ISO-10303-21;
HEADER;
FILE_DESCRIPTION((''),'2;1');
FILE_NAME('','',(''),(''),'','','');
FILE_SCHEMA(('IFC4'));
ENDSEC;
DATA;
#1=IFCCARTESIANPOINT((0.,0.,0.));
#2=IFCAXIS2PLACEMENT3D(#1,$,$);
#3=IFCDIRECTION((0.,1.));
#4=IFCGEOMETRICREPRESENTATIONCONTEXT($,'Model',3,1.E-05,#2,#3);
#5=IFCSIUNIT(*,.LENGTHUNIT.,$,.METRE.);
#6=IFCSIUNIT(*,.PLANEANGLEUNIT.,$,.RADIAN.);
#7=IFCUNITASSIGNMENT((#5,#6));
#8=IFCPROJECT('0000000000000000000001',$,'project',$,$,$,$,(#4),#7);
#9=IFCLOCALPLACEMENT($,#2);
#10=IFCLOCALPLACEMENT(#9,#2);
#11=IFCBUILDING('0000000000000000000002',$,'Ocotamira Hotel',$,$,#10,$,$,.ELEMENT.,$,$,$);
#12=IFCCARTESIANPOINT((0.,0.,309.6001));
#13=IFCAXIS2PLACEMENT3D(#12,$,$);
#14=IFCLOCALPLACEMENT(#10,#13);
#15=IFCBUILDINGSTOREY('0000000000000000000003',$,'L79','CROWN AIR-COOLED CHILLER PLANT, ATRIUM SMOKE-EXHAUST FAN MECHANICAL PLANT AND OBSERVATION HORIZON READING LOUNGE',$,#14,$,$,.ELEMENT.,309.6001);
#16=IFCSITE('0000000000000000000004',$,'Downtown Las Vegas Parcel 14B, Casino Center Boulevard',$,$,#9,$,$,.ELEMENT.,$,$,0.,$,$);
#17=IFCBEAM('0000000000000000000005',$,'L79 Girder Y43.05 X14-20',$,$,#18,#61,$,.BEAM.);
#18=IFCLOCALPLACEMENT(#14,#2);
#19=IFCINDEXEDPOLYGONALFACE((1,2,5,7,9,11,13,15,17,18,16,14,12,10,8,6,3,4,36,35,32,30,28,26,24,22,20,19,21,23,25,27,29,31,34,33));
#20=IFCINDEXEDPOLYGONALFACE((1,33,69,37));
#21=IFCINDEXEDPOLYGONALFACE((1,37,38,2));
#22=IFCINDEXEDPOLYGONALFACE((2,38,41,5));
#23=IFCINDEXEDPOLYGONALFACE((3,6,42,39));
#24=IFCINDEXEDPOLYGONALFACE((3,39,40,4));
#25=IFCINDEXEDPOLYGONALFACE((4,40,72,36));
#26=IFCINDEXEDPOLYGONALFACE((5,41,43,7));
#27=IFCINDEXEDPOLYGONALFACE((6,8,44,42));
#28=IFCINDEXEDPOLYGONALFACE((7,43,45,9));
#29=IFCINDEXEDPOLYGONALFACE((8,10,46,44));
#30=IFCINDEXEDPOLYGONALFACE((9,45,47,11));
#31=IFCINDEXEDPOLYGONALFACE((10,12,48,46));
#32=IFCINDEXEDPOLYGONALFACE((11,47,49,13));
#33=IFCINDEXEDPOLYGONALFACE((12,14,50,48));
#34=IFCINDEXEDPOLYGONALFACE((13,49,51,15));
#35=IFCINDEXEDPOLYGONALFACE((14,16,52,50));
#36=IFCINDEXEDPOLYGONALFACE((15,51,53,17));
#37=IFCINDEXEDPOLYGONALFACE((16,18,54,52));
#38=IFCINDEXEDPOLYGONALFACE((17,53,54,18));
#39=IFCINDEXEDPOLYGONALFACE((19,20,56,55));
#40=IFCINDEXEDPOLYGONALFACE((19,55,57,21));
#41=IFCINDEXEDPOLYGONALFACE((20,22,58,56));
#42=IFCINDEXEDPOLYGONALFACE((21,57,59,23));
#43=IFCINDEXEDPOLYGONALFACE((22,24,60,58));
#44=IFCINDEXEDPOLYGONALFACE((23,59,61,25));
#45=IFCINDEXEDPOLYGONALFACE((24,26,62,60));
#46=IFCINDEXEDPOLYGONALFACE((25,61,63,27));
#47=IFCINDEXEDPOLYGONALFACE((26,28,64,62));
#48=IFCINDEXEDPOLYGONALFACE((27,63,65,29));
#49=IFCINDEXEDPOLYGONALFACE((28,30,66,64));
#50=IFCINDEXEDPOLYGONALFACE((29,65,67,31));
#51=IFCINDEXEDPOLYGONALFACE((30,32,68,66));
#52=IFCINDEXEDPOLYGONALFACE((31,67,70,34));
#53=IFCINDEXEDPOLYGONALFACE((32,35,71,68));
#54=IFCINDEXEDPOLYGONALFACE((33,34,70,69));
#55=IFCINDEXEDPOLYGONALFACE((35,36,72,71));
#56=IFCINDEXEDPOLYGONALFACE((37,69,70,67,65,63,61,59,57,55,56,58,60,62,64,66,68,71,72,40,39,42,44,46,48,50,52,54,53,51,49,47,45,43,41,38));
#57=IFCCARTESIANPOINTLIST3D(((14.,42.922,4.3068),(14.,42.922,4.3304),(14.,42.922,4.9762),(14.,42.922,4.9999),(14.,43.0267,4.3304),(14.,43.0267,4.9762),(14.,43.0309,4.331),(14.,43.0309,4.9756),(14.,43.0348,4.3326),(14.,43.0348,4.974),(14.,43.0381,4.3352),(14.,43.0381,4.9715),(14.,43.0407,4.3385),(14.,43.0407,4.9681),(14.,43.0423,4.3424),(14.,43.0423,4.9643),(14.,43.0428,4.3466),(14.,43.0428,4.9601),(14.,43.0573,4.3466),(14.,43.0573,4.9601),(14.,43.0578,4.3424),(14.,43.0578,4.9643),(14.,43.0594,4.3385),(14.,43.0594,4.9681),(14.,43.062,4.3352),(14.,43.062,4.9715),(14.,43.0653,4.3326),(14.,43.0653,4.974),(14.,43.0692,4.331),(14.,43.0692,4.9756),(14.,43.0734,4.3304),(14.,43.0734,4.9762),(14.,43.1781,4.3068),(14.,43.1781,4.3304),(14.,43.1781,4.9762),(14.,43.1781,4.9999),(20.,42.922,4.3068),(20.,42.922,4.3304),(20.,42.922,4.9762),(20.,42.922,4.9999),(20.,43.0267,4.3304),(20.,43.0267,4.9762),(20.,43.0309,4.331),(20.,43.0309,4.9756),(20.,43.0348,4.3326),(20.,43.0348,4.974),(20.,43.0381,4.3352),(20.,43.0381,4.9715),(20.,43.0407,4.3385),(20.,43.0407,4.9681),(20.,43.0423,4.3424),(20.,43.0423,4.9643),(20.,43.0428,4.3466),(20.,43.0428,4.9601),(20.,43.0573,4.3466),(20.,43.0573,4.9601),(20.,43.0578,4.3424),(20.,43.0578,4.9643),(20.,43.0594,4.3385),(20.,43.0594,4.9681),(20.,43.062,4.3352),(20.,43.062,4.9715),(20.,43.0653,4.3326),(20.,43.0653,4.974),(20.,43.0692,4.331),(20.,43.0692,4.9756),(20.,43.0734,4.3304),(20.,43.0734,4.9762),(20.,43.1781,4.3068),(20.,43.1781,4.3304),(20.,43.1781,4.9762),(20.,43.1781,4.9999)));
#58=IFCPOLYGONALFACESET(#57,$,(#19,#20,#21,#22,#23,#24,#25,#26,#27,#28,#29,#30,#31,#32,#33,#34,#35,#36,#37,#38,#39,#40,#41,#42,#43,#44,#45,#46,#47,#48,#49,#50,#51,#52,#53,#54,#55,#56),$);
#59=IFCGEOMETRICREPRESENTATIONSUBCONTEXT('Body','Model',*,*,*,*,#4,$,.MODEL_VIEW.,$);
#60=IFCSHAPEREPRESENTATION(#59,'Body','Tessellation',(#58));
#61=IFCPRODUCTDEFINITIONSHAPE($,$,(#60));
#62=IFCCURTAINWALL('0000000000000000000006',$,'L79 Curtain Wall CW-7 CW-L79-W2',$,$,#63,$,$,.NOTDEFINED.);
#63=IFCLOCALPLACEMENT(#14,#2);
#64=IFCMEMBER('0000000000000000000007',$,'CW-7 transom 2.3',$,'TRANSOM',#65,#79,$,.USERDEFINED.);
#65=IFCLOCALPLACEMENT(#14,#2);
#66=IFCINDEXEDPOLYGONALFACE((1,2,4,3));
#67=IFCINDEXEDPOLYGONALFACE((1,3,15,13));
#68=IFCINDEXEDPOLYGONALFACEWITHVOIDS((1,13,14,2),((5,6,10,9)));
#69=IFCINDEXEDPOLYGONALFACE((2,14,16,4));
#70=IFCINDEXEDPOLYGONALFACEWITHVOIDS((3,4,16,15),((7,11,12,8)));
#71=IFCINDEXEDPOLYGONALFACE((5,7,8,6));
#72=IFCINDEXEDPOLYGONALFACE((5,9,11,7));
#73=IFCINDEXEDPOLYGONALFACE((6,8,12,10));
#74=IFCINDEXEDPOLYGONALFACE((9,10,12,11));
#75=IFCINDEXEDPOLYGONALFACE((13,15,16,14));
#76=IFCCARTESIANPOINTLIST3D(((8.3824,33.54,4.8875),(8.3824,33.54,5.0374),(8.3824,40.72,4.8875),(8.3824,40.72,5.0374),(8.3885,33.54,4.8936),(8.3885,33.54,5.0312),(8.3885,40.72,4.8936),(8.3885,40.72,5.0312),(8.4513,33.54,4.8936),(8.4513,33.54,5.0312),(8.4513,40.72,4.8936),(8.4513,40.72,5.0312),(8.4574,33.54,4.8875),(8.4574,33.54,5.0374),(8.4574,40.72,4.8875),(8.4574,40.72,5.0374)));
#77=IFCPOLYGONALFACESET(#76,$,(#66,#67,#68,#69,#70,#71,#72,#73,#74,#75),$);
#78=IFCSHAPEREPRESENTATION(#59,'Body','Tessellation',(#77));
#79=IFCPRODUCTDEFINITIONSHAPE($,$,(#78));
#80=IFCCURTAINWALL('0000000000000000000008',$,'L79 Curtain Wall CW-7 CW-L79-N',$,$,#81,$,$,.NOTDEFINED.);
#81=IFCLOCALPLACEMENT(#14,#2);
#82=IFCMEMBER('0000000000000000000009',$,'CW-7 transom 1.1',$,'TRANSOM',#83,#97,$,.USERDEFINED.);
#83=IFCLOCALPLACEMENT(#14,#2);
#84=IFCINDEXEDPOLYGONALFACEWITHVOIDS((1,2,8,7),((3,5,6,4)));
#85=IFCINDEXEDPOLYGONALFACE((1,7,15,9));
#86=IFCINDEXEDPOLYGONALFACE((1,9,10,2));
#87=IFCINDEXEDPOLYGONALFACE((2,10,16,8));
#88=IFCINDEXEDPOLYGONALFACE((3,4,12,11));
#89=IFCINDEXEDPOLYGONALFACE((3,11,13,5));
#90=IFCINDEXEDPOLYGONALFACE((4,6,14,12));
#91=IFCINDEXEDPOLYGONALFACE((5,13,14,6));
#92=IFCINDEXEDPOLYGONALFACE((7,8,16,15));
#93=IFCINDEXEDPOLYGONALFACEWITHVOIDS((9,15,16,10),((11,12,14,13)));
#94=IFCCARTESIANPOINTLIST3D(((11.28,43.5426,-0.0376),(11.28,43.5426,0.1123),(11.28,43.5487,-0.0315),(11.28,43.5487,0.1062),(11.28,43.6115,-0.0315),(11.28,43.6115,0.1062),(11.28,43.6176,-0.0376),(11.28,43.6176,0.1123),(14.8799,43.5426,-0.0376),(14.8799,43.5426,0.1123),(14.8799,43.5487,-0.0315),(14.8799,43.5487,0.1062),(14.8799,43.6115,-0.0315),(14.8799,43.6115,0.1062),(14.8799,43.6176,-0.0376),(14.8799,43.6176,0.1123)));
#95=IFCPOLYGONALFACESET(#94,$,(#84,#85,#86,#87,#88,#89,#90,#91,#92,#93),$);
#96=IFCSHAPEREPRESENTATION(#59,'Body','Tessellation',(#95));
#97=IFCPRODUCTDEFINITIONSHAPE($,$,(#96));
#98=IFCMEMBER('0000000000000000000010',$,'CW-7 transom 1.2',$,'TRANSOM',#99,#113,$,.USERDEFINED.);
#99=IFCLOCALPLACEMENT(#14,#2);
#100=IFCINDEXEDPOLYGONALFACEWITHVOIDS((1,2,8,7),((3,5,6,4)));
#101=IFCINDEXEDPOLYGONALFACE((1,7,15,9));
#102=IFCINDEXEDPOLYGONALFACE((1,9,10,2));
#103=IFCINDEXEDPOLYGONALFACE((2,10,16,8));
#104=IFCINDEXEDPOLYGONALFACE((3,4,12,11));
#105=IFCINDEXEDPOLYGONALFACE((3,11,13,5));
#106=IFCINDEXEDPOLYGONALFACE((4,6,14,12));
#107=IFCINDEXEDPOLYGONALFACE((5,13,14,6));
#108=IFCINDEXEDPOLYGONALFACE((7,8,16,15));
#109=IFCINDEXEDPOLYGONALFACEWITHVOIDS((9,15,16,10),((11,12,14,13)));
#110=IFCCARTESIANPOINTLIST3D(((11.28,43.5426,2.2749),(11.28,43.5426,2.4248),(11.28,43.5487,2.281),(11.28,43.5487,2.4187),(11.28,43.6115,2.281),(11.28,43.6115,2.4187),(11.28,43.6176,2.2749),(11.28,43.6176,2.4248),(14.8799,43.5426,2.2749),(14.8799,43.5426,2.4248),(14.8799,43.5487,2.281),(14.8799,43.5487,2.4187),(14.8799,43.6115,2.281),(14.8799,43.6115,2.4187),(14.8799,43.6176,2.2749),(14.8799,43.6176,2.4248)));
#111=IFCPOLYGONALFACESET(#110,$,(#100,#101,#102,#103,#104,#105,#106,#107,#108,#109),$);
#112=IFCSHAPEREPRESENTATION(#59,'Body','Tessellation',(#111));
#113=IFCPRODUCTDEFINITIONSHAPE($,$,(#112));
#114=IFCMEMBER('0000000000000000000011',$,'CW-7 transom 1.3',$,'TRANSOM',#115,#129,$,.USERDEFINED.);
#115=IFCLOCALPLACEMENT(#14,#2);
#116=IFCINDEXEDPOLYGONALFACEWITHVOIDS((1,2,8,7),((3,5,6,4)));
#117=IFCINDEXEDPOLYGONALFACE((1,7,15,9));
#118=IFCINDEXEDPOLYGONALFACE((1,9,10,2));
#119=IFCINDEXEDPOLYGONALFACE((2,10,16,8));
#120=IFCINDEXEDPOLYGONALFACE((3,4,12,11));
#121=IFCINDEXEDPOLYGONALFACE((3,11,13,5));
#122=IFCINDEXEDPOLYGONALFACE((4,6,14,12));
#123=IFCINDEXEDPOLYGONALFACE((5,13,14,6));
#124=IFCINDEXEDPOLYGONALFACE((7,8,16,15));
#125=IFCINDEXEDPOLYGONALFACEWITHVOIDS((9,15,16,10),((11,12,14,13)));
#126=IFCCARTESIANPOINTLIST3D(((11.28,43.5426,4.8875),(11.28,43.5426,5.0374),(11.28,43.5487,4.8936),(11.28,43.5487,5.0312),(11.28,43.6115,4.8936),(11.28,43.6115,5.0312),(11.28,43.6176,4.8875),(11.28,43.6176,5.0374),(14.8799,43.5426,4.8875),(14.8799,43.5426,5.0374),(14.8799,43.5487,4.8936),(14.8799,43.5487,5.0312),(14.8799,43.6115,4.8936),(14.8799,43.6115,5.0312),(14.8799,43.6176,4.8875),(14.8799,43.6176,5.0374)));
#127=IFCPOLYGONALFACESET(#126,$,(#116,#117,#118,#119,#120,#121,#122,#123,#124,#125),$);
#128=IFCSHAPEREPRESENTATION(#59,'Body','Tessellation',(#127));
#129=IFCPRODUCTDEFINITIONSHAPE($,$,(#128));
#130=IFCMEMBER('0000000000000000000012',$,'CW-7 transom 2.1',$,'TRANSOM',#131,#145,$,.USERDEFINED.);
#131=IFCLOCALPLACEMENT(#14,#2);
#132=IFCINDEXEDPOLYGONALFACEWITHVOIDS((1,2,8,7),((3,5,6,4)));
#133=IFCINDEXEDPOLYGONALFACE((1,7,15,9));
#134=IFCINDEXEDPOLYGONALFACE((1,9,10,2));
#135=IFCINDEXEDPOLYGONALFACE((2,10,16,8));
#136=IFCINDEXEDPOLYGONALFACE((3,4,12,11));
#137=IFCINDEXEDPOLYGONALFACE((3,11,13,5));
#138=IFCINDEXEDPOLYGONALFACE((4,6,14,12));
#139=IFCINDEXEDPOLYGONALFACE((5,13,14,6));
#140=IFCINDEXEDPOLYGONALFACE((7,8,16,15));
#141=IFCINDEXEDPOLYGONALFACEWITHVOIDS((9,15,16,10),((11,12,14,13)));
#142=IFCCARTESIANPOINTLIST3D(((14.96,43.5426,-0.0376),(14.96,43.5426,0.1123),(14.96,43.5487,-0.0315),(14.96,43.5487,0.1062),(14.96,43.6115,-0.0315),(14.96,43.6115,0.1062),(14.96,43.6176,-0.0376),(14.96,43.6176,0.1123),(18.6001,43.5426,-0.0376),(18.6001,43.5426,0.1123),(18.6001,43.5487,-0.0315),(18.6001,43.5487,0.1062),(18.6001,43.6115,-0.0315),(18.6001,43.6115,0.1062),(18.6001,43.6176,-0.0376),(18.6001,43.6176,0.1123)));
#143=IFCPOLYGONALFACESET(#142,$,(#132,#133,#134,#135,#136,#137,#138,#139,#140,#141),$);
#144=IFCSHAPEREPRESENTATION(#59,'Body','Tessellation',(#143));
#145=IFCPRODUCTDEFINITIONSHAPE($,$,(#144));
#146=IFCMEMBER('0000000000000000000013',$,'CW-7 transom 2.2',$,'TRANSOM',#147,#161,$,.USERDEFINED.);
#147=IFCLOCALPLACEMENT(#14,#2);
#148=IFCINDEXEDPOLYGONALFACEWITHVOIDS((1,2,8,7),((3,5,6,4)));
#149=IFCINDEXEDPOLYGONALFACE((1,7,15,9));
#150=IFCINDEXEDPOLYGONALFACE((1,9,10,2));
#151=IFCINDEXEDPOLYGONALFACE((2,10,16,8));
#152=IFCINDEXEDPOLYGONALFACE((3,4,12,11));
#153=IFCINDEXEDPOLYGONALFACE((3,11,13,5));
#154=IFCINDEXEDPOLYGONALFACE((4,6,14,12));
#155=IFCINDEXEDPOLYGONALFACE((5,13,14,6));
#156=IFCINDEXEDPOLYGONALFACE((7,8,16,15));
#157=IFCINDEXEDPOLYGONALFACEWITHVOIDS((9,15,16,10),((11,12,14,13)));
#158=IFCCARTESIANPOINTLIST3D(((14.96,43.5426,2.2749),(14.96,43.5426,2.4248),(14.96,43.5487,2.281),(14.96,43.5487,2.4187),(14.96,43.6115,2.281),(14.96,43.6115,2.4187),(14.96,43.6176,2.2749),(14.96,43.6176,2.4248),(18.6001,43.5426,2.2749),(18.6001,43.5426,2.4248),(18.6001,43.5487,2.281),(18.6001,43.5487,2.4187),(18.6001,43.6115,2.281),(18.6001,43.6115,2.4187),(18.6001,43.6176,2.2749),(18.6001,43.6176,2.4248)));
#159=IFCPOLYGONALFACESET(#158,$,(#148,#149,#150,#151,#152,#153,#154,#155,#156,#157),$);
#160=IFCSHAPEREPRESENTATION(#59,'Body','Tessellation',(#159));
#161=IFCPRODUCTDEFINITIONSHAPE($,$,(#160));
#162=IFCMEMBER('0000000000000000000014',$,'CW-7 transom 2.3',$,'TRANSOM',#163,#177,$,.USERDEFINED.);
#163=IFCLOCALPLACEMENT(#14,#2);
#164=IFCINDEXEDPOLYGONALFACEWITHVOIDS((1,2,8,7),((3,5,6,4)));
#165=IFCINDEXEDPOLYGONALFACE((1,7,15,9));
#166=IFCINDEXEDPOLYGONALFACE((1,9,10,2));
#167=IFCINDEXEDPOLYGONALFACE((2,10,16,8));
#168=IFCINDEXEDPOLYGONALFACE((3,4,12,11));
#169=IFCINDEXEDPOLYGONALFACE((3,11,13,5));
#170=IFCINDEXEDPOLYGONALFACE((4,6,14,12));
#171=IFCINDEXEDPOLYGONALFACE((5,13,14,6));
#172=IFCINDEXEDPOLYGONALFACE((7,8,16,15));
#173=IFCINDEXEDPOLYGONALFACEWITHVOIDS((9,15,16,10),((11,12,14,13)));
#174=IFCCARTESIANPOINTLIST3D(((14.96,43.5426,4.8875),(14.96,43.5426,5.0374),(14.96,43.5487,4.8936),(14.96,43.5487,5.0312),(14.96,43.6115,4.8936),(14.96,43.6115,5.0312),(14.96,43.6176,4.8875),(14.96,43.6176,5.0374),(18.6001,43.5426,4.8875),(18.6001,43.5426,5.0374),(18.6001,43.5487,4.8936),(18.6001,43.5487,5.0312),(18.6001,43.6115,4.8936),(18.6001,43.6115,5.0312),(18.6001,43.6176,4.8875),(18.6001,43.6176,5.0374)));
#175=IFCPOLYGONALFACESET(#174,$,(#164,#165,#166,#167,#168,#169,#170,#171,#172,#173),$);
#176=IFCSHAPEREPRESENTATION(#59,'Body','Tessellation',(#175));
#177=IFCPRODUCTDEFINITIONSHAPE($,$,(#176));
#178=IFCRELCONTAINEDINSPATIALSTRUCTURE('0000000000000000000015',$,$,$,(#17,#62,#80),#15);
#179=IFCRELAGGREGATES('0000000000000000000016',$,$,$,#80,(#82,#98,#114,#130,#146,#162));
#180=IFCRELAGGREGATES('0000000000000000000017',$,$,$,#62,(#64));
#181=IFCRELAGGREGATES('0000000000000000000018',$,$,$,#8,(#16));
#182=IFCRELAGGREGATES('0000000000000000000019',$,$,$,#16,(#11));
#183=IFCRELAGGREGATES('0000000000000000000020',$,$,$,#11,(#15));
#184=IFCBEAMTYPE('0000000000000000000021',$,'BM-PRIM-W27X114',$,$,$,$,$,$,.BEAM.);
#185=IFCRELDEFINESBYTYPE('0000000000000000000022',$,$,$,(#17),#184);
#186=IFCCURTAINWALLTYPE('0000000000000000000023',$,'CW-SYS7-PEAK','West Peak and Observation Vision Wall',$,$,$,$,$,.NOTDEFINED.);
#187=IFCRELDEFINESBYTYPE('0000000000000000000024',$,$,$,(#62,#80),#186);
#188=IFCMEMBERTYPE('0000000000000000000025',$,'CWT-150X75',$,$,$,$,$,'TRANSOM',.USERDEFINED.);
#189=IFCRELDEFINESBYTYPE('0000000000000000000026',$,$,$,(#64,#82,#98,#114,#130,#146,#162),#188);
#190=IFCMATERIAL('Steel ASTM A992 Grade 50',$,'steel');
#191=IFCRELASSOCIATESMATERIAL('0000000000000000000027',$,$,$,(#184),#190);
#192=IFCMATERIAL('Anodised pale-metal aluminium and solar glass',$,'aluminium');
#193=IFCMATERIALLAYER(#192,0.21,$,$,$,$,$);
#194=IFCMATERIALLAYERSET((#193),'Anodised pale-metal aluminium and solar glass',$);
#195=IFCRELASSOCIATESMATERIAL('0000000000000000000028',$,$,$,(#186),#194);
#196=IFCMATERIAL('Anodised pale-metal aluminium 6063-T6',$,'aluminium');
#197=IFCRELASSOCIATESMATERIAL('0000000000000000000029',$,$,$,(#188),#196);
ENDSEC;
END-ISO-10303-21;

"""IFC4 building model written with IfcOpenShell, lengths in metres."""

from ifc_helpers import new_model, si_unit, direction, frame, origin, origin_2d, place, context, subcontext, project, spatial, hollow_rectangle, i_section, extrude, source, transform, mapped, material, layer, layer_set, material_profile, profile_set, type_object, element, aggregate, save


model = new_model("IFC4")

# Units and contexts
model_context = context("Model", 3, precision=1e-05, world=origin(), true_north=direction((0.0, 1.0)))
body_context = subcontext(model_context, "Body", "Model", "MODEL_VIEW")
ifc_project = project(units=[si_unit("LENGTHUNIT", "METRE"), si_unit("PLANEANGLEUNIT", "RADIAN")], contexts=[model_context])

# Site, building, storey
site_placement = place(None, origin())
site = spatial("IfcSite", under=ifc_project, at=site_placement, Name="Downtown Las Vegas Parcel 14B, Casino Center Boulevard", CompositionType="ELEMENT", RefElevation=0.0)
building_placement = place(site_placement, origin())
building = spatial("IfcBuilding", under=site, at=building_placement, Name="Ocotamira Hotel", CompositionType="ELEMENT")
storey_placement = place(building_placement, frame((0.0, 0.0, 309.6001)))
storey = spatial("IfcBuildingStorey", under=building, at=storey_placement, Name="L79", Description="CROWN AIR-COOLED CHILLER PLANT, ATRIUM SMOKE-EXHAUST FAN MECHANICAL PLANT AND OBSERVATION HORIZON READING LOUNGE", CompositionType="ELEMENT", Elevation=309.6001)

# Shared definitions
ifc_material_1 = material(Name="Steel ASTM A992 Grade 50", Category="steel")

# Beam
ifc_material_profile_1 = material_profile(ifc_material_1, i_section(OverallWidth=0.2561, OverallDepth=0.6931, WebThickness=0.0144, FlangeThickness=0.0237, FilletRadius=0.0161, at=origin_2d()), Name="W27X114")
ifc_profile_set_1 = profile_set([ifc_material_profile_1], Name="Steel ASTM A992 Grade 50")
beam_type_1 = type_object("IfcBeamType", Name="BM-PRIM-W27X114", PredefinedType="BEAM", material=ifc_profile_set_1)
shared_shape_1 = source(origin(), body_context, "Body", "SweptSolid", [
    extrude(i_section(OverallWidth=0.2561, OverallDepth=0.6931, WebThickness=0.0144, FlangeThickness=0.0237, FilletRadius=0.0161, at=origin_2d()), origin(), (0.0, 0.0, 1.0), 6.0),
])
beam_1_placement = place(storey_placement, frame((14.0, 43.05, 4.6533), z_axis=(1.0, 0.0, 0.0), x_axis=(0.0, 1.0, 0.0)))
element("IfcBeam", 1, at=beam_1_placement, inside=storey, type_object=beam_type_1, Name="L79 Girder Y43.05 X14-20", PredefinedType="BEAM", context=body_context, shape_type="MappedRepresentation", body=[
    mapped(shared_shape_1, transform((0.0, 0.0, 0.0), scale=1.0)),
])

# Curtain wall, member
ifc_material_2 = material(Name="Anodised pale-metal aluminium and solar glass", Category="aluminium")
ifc_layer_1 = layer(ifc_material_2, 0.21)
ifc_layer_set_1 = layer_set([ifc_layer_1], Name="Anodised pale-metal aluminium and solar glass")
curtain_wall_type = type_object("IfcCurtainWallType", Name="CW-SYS7-PEAK", Description="West Peak and Observation Vision Wall", PredefinedType="NOTDEFINED", material=ifc_layer_set_1)
curtain_wall_1_placement = place(storey_placement, origin())
curtain_wall_1 = element("IfcCurtainWall", 2, at=curtain_wall_1_placement, inside=storey, type_object=curtain_wall_type, Name="L79 Curtain Wall CW-7 CW-L79-W2", PredefinedType="NOTDEFINED")
ifc_material_3 = material(Name="Anodised pale-metal aluminium 6063-T6", Category="aluminium")
ifc_material_profile_2 = material_profile(ifc_material_3, hollow_rectangle(XDim=0.075, YDim=0.1499, WallThickness=0.0061, at=origin_2d()), Name="HSS150X75X6")
ifc_profile_set_2 = profile_set([ifc_material_profile_2], Name="Anodised pale-metal aluminium 6063-T6")
member_type_1 = type_object("IfcMemberType", Name="CWT-150X75", ElementType="TRANSOM", PredefinedType="USERDEFINED", material=ifc_profile_set_2)
shared_shape_2 = source(origin(), body_context, "Body", "SweptSolid", [
    extrude(hollow_rectangle(XDim=0.075, YDim=0.1499, WallThickness=0.0061, at=origin_2d()), origin(), (0.0, 0.0, 1.0), 7.1799),
])
member_1_placement = place(storey_placement, frame((8.4199, 33.54, 4.9624), z_axis=(0.0, 1.0, 0.0), x_axis=(-1.0, 0.0, 0.0)))
member_1 = element("IfcMember", 3, at=member_1_placement, type_object=member_type_1, Name="CW-7 transom 2.3", ObjectType="TRANSOM", PredefinedType="USERDEFINED", context=body_context, shape_type="MappedRepresentation", body=[
    mapped(shared_shape_2, transform((0.0, 0.0, 0.0), scale=1.0)),
])

# Curtain wall, members
curtain_wall_2_placement = place(storey_placement, origin())
curtain_wall_2 = element("IfcCurtainWall", 4, at=curtain_wall_2_placement, inside=storey, type_object=curtain_wall_type, Name="L79 Curtain Wall CW-7 CW-L79-N", PredefinedType="NOTDEFINED")
shared_shape_3 = source(origin(), body_context, "Body", "SweptSolid", [
    extrude(hollow_rectangle(XDim=0.075, YDim=0.1499, WallThickness=0.0061, at=origin_2d()), origin(), (0.0, 0.0, 1.0), 3.5999),
])
member_2_placement = place(storey_placement, frame((11.28, 43.5801, 0.0374), z_axis=(1.0, 0.0, 0.0), x_axis=(0.0, 1.0, 0.0)))
member_2 = element("IfcMember", 5, at=member_2_placement, type_object=member_type_1, Name="CW-7 transom 1.1", ObjectType="TRANSOM", PredefinedType="USERDEFINED", context=body_context, shape_type="MappedRepresentation", body=[
    mapped(shared_shape_3, transform((0.0, 0.0, 0.0), scale=1.0)),
])
member_3_placement = place(storey_placement, frame((11.28, 43.5801, 2.3499), z_axis=(1.0, 0.0, 0.0), x_axis=(0.0, 1.0, 0.0)))
member_3 = element("IfcMember", 6, at=member_3_placement, type_object=member_type_1, Name="CW-7 transom 1.2", ObjectType="TRANSOM", PredefinedType="USERDEFINED", context=body_context, shape_type="MappedRepresentation", body=[
    mapped(shared_shape_3, transform((0.0, 0.0, 0.0), scale=1.0)),
])
member_4_placement = place(storey_placement, frame((11.28, 43.5801, 4.9624), z_axis=(1.0, 0.0, 0.0), x_axis=(0.0, 1.0, 0.0)))
member_4 = element("IfcMember", 7, at=member_4_placement, type_object=member_type_1, Name="CW-7 transom 1.3", ObjectType="TRANSOM", PredefinedType="USERDEFINED", context=body_context, shape_type="MappedRepresentation", body=[
    mapped(shared_shape_3, transform((0.0, 0.0, 0.0), scale=1.0)),
])
shared_shape_4 = source(origin(), body_context, "Body", "SweptSolid", [
    extrude(hollow_rectangle(XDim=0.075, YDim=0.1499, WallThickness=0.0061, at=origin_2d()), origin(), (0.0, 0.0, 1.0), 3.6401),
])
member_5_placement = place(storey_placement, frame((14.96, 43.5801, 0.0374), z_axis=(1.0, 0.0, 0.0), x_axis=(0.0, 1.0, 0.0)))
member_5 = element("IfcMember", 8, at=member_5_placement, type_object=member_type_1, Name="CW-7 transom 2.1", ObjectType="TRANSOM", PredefinedType="USERDEFINED", context=body_context, shape_type="MappedRepresentation", body=[
    mapped(shared_shape_4, transform((0.0, 0.0, 0.0), scale=1.0)),
])
member_6_placement = place(storey_placement, frame((14.96, 43.5801, 2.3499), z_axis=(1.0, 0.0, 0.0), x_axis=(0.0, 1.0, 0.0)))
member_6 = element("IfcMember", 9, at=member_6_placement, type_object=member_type_1, Name="CW-7 transom 2.2", ObjectType="TRANSOM", PredefinedType="USERDEFINED", context=body_context, shape_type="MappedRepresentation", body=[
    mapped(shared_shape_4, transform((0.0, 0.0, 0.0), scale=1.0)),
])
member_7_placement = place(storey_placement, frame((14.96, 43.5801, 4.9624), z_axis=(1.0, 0.0, 0.0), x_axis=(0.0, 1.0, 0.0)))
member_7 = element("IfcMember", 10, at=member_7_placement, type_object=member_type_1, Name="CW-7 transom 2.3", ObjectType="TRANSOM", PredefinedType="USERDEFINED", context=body_context, shape_type="MappedRepresentation", body=[
    mapped(shared_shape_4, transform((0.0, 0.0, 0.0), scale=1.0)),
])

aggregate(curtain_wall_2, [member_2, member_3, member_4, member_5, member_6, member_7])
aggregate(curtain_wall_1, [member_1])

save(model, "model.ifc")
